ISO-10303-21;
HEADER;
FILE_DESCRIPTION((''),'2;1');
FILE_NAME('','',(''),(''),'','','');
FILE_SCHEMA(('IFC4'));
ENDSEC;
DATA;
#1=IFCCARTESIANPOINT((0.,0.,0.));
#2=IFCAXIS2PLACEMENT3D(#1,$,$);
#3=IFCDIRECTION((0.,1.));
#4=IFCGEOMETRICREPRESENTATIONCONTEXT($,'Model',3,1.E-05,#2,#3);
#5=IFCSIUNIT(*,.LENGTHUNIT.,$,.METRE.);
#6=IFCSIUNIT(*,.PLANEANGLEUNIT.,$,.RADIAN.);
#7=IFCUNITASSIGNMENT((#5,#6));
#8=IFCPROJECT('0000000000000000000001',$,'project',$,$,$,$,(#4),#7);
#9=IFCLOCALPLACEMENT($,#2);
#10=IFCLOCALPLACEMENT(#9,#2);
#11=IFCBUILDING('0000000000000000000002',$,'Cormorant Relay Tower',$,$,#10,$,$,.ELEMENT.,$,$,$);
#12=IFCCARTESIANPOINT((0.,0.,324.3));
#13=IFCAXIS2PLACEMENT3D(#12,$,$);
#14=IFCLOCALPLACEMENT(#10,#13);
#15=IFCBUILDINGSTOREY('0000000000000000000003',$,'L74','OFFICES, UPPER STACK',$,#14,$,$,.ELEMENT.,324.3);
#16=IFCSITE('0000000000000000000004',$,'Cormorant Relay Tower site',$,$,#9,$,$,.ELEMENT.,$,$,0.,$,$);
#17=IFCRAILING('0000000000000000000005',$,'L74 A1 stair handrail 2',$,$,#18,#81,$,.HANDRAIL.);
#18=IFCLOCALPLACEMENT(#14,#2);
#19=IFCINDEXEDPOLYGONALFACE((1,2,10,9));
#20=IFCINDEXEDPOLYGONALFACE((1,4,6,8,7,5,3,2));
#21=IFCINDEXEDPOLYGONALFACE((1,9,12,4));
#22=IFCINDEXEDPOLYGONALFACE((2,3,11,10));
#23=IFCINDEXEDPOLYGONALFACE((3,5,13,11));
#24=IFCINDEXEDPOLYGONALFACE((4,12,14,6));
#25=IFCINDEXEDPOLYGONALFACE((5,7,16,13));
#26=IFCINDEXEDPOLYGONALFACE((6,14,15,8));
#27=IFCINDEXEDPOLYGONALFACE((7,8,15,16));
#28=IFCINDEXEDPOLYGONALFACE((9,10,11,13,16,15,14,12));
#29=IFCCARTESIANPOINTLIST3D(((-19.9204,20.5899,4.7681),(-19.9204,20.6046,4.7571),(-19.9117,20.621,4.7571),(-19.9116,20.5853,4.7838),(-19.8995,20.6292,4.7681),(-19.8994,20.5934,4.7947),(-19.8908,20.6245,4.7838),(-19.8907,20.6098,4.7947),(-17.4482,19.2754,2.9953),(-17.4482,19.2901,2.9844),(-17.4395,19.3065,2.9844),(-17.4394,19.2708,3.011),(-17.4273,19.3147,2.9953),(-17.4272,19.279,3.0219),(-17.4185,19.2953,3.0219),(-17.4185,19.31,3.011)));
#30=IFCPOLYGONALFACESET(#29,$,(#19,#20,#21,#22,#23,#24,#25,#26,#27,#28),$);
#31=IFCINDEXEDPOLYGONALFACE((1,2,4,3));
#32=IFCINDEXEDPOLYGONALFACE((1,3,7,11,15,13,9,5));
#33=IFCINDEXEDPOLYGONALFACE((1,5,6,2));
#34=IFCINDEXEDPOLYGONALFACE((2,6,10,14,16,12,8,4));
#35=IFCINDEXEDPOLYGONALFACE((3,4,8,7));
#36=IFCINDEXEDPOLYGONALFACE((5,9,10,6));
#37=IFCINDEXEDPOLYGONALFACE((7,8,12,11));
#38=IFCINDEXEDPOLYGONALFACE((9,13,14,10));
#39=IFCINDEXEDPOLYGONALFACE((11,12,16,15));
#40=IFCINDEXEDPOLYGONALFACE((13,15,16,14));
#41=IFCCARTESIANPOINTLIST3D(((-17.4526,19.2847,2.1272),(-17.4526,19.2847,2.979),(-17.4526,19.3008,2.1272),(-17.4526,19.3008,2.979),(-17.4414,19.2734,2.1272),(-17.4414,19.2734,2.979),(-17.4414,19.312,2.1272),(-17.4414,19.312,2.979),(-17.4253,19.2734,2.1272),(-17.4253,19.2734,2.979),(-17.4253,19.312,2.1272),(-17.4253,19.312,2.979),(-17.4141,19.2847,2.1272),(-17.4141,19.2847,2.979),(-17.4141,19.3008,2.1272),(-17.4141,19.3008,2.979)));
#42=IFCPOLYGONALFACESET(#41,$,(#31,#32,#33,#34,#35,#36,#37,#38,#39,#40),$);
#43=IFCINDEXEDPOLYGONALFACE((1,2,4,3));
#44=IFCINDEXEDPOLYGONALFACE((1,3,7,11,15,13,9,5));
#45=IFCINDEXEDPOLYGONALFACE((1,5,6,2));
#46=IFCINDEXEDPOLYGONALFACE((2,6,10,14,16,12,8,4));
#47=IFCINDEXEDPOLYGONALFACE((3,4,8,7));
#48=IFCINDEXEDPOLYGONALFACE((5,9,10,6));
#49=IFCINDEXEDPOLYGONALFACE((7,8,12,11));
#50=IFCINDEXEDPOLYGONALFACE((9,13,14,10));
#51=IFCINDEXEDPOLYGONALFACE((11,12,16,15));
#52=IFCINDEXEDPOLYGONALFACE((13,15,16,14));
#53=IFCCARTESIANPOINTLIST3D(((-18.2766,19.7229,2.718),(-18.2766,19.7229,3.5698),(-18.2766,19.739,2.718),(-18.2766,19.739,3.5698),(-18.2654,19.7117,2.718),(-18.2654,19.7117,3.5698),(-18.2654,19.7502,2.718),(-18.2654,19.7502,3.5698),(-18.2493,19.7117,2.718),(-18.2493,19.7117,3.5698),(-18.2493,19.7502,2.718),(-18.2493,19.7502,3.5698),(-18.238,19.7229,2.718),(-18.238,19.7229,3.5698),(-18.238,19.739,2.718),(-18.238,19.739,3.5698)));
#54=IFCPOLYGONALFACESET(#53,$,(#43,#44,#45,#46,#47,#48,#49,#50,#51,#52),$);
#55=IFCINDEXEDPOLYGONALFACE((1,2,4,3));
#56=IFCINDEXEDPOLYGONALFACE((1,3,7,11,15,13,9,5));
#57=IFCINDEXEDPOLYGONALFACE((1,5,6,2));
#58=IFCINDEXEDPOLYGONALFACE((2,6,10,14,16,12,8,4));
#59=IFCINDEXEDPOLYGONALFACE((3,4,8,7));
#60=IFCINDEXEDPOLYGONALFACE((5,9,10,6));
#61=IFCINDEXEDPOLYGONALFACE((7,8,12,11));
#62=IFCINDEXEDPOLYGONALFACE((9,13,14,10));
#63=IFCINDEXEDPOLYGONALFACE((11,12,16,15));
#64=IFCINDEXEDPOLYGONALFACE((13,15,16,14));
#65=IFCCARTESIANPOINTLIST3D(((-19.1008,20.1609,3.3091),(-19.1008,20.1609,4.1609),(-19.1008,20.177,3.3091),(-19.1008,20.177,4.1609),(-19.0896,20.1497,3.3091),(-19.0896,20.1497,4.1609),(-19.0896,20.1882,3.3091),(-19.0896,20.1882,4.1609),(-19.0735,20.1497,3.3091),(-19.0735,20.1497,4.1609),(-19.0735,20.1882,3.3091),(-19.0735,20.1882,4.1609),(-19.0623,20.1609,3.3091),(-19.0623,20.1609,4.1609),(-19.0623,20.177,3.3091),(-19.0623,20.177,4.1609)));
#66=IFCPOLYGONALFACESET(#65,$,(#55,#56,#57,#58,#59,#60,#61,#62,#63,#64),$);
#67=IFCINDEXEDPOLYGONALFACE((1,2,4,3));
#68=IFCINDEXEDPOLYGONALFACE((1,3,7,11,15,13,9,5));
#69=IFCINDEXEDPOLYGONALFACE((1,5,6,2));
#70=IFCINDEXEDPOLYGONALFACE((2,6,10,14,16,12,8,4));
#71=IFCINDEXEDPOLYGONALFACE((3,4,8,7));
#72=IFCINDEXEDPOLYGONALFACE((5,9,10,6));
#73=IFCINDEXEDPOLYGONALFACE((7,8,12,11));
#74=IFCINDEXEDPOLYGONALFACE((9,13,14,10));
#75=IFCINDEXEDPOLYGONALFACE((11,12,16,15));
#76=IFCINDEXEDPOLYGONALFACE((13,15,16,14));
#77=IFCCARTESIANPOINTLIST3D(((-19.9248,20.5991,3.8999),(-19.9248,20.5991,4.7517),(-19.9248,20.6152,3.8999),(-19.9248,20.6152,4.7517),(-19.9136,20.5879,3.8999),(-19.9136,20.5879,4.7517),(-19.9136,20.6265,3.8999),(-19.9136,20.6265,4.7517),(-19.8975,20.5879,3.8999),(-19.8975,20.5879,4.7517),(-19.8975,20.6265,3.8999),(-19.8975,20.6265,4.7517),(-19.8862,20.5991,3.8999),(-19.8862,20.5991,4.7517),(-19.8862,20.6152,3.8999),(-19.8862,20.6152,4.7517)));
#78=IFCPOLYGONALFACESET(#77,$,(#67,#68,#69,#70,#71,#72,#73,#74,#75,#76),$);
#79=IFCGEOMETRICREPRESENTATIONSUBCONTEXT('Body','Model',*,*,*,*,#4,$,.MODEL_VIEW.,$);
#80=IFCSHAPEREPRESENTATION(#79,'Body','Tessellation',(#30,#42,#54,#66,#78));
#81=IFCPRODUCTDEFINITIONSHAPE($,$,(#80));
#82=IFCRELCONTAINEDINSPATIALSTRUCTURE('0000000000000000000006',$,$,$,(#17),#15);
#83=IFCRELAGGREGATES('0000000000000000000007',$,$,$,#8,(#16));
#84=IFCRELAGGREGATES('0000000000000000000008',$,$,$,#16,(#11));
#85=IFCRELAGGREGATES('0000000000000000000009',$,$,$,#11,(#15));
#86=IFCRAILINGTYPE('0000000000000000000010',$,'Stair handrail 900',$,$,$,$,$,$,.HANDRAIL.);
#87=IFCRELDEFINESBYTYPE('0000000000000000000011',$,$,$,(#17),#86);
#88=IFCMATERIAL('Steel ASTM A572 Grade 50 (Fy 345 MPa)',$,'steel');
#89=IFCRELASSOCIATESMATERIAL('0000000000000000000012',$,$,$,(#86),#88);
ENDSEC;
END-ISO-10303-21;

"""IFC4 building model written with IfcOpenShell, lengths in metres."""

from ifc_helpers import new_model, si_unit, direction, frame, origin, place, context, subcontext, project, spatial, polyline, outline, extrude, material, type_object, element, save


model = new_model("IFC4")

# Units and contexts
model_context = context("Model", 3, precision=1e-05, world=origin(), true_north=direction((0.0, 1.0)))
body_context = subcontext(model_context, "Body", "Model", "MODEL_VIEW")
ifc_project = project(units=[si_unit("LENGTHUNIT", "METRE"), si_unit("PLANEANGLEUNIT", "RADIAN")], contexts=[model_context])

# Site, building, storey
site_placement = place(None, origin())
site = spatial("IfcSite", under=ifc_project, at=site_placement, Name="Cormorant Relay Tower site", CompositionType="ELEMENT", RefElevation=0.0)
building_placement = place(site_placement, origin())
building = spatial("IfcBuilding", under=site, at=building_placement, Name="Cormorant Relay Tower", CompositionType="ELEMENT")
storey_placement = place(building_placement, frame((0.0, 0.0, 324.3)))
storey = spatial("IfcBuildingStorey", under=building, at=storey_placement, Name="L74", Description="OFFICES, UPPER STACK", CompositionType="ELEMENT", Elevation=324.3)

# Railing
ifc_material_1 = material(Name="Steel ASTM A572 Grade 50 (Fy 345 MPa)", Category="steel")
railing_type_1 = type_object("IfcRailingType", Name="Stair handrail 900", PredefinedType="HANDRAIL", material=ifc_material_1)
railing_1_placement = place(storey_placement, frame((-17.4333, 19.2927, 2.1272)))
element("IfcRailing", 1, at=railing_1_placement, inside=storey, type_object=railing_type_1, Name="L74 A1 stair handrail 2", PredefinedType="HANDRAIL", context=body_context, shape_type="SweptSolid", body=[
    extrude(outline(polyline([(0.0222, 0.0093), (0.0093, 0.0222), (-0.0093, 0.0222), (-0.0222, 0.0093), (-0.0222, -0.0093), (-0.0093, -0.0222), (0.0093, -0.0222), (0.0222, -0.0093), (0.0222, 0.0093)])), frame((0.0, 0.0, 0.876), z_axis=(-0.746001, 0.396649, 0.534931), x_axis=(-0.469465, -0.882951, 0.0)), (0.0, 0.0, 1.0), 3.314),
    extrude(outline(polyline([(0.0193, 0.0081), (0.0081, 0.0193), (-0.0081, 0.0193), (-0.0193, 0.0081), (-0.0193, -0.0081), (-0.0081, -0.0193), (0.0081, -0.0193), (0.0193, -0.0081), (0.0193, 0.0081)])), origin(), (0.0, 0.0, 1.0), 0.8518),
    extrude(outline(polyline([(0.0193, 0.0081), (0.0081, 0.0193), (-0.0081, 0.0193), (-0.0193, 0.0081), (-0.0193, -0.0081), (-0.0081, -0.0193), (0.0081, -0.0193), (0.0193, -0.0081), (0.0193, 0.0081)])), frame((-0.824, 0.4382, 0.5908)), (0.0, 0.0, 1.0), 0.8518),
    extrude(outline(polyline([(0.0193, 0.0081), (0.0081, 0.0193), (-0.0081, 0.0193), (-0.0193, 0.0081), (-0.0193, -0.0081), (-0.0081, -0.0193), (0.0081, -0.0193), (0.0193, -0.0081), (0.0193, 0.0081)])), frame((-1.6482, 0.8762, 1.1819)), (0.0, 0.0, 1.0), 0.8518),
    extrude(outline(polyline([(0.0193, 0.0081), (0.0081, 0.0193), (-0.0081, 0.0193), (-0.0193, 0.0081), (-0.0193, -0.0081), (-0.0081, -0.0193), (0.0081, -0.0193), (0.0193, -0.0081), (0.0193, 0.0081)])), frame((-2.4722, 1.3145, 1.7727)), (0.0, 0.0, 1.0), 0.8518),
])

save(model, "model.ifc")
